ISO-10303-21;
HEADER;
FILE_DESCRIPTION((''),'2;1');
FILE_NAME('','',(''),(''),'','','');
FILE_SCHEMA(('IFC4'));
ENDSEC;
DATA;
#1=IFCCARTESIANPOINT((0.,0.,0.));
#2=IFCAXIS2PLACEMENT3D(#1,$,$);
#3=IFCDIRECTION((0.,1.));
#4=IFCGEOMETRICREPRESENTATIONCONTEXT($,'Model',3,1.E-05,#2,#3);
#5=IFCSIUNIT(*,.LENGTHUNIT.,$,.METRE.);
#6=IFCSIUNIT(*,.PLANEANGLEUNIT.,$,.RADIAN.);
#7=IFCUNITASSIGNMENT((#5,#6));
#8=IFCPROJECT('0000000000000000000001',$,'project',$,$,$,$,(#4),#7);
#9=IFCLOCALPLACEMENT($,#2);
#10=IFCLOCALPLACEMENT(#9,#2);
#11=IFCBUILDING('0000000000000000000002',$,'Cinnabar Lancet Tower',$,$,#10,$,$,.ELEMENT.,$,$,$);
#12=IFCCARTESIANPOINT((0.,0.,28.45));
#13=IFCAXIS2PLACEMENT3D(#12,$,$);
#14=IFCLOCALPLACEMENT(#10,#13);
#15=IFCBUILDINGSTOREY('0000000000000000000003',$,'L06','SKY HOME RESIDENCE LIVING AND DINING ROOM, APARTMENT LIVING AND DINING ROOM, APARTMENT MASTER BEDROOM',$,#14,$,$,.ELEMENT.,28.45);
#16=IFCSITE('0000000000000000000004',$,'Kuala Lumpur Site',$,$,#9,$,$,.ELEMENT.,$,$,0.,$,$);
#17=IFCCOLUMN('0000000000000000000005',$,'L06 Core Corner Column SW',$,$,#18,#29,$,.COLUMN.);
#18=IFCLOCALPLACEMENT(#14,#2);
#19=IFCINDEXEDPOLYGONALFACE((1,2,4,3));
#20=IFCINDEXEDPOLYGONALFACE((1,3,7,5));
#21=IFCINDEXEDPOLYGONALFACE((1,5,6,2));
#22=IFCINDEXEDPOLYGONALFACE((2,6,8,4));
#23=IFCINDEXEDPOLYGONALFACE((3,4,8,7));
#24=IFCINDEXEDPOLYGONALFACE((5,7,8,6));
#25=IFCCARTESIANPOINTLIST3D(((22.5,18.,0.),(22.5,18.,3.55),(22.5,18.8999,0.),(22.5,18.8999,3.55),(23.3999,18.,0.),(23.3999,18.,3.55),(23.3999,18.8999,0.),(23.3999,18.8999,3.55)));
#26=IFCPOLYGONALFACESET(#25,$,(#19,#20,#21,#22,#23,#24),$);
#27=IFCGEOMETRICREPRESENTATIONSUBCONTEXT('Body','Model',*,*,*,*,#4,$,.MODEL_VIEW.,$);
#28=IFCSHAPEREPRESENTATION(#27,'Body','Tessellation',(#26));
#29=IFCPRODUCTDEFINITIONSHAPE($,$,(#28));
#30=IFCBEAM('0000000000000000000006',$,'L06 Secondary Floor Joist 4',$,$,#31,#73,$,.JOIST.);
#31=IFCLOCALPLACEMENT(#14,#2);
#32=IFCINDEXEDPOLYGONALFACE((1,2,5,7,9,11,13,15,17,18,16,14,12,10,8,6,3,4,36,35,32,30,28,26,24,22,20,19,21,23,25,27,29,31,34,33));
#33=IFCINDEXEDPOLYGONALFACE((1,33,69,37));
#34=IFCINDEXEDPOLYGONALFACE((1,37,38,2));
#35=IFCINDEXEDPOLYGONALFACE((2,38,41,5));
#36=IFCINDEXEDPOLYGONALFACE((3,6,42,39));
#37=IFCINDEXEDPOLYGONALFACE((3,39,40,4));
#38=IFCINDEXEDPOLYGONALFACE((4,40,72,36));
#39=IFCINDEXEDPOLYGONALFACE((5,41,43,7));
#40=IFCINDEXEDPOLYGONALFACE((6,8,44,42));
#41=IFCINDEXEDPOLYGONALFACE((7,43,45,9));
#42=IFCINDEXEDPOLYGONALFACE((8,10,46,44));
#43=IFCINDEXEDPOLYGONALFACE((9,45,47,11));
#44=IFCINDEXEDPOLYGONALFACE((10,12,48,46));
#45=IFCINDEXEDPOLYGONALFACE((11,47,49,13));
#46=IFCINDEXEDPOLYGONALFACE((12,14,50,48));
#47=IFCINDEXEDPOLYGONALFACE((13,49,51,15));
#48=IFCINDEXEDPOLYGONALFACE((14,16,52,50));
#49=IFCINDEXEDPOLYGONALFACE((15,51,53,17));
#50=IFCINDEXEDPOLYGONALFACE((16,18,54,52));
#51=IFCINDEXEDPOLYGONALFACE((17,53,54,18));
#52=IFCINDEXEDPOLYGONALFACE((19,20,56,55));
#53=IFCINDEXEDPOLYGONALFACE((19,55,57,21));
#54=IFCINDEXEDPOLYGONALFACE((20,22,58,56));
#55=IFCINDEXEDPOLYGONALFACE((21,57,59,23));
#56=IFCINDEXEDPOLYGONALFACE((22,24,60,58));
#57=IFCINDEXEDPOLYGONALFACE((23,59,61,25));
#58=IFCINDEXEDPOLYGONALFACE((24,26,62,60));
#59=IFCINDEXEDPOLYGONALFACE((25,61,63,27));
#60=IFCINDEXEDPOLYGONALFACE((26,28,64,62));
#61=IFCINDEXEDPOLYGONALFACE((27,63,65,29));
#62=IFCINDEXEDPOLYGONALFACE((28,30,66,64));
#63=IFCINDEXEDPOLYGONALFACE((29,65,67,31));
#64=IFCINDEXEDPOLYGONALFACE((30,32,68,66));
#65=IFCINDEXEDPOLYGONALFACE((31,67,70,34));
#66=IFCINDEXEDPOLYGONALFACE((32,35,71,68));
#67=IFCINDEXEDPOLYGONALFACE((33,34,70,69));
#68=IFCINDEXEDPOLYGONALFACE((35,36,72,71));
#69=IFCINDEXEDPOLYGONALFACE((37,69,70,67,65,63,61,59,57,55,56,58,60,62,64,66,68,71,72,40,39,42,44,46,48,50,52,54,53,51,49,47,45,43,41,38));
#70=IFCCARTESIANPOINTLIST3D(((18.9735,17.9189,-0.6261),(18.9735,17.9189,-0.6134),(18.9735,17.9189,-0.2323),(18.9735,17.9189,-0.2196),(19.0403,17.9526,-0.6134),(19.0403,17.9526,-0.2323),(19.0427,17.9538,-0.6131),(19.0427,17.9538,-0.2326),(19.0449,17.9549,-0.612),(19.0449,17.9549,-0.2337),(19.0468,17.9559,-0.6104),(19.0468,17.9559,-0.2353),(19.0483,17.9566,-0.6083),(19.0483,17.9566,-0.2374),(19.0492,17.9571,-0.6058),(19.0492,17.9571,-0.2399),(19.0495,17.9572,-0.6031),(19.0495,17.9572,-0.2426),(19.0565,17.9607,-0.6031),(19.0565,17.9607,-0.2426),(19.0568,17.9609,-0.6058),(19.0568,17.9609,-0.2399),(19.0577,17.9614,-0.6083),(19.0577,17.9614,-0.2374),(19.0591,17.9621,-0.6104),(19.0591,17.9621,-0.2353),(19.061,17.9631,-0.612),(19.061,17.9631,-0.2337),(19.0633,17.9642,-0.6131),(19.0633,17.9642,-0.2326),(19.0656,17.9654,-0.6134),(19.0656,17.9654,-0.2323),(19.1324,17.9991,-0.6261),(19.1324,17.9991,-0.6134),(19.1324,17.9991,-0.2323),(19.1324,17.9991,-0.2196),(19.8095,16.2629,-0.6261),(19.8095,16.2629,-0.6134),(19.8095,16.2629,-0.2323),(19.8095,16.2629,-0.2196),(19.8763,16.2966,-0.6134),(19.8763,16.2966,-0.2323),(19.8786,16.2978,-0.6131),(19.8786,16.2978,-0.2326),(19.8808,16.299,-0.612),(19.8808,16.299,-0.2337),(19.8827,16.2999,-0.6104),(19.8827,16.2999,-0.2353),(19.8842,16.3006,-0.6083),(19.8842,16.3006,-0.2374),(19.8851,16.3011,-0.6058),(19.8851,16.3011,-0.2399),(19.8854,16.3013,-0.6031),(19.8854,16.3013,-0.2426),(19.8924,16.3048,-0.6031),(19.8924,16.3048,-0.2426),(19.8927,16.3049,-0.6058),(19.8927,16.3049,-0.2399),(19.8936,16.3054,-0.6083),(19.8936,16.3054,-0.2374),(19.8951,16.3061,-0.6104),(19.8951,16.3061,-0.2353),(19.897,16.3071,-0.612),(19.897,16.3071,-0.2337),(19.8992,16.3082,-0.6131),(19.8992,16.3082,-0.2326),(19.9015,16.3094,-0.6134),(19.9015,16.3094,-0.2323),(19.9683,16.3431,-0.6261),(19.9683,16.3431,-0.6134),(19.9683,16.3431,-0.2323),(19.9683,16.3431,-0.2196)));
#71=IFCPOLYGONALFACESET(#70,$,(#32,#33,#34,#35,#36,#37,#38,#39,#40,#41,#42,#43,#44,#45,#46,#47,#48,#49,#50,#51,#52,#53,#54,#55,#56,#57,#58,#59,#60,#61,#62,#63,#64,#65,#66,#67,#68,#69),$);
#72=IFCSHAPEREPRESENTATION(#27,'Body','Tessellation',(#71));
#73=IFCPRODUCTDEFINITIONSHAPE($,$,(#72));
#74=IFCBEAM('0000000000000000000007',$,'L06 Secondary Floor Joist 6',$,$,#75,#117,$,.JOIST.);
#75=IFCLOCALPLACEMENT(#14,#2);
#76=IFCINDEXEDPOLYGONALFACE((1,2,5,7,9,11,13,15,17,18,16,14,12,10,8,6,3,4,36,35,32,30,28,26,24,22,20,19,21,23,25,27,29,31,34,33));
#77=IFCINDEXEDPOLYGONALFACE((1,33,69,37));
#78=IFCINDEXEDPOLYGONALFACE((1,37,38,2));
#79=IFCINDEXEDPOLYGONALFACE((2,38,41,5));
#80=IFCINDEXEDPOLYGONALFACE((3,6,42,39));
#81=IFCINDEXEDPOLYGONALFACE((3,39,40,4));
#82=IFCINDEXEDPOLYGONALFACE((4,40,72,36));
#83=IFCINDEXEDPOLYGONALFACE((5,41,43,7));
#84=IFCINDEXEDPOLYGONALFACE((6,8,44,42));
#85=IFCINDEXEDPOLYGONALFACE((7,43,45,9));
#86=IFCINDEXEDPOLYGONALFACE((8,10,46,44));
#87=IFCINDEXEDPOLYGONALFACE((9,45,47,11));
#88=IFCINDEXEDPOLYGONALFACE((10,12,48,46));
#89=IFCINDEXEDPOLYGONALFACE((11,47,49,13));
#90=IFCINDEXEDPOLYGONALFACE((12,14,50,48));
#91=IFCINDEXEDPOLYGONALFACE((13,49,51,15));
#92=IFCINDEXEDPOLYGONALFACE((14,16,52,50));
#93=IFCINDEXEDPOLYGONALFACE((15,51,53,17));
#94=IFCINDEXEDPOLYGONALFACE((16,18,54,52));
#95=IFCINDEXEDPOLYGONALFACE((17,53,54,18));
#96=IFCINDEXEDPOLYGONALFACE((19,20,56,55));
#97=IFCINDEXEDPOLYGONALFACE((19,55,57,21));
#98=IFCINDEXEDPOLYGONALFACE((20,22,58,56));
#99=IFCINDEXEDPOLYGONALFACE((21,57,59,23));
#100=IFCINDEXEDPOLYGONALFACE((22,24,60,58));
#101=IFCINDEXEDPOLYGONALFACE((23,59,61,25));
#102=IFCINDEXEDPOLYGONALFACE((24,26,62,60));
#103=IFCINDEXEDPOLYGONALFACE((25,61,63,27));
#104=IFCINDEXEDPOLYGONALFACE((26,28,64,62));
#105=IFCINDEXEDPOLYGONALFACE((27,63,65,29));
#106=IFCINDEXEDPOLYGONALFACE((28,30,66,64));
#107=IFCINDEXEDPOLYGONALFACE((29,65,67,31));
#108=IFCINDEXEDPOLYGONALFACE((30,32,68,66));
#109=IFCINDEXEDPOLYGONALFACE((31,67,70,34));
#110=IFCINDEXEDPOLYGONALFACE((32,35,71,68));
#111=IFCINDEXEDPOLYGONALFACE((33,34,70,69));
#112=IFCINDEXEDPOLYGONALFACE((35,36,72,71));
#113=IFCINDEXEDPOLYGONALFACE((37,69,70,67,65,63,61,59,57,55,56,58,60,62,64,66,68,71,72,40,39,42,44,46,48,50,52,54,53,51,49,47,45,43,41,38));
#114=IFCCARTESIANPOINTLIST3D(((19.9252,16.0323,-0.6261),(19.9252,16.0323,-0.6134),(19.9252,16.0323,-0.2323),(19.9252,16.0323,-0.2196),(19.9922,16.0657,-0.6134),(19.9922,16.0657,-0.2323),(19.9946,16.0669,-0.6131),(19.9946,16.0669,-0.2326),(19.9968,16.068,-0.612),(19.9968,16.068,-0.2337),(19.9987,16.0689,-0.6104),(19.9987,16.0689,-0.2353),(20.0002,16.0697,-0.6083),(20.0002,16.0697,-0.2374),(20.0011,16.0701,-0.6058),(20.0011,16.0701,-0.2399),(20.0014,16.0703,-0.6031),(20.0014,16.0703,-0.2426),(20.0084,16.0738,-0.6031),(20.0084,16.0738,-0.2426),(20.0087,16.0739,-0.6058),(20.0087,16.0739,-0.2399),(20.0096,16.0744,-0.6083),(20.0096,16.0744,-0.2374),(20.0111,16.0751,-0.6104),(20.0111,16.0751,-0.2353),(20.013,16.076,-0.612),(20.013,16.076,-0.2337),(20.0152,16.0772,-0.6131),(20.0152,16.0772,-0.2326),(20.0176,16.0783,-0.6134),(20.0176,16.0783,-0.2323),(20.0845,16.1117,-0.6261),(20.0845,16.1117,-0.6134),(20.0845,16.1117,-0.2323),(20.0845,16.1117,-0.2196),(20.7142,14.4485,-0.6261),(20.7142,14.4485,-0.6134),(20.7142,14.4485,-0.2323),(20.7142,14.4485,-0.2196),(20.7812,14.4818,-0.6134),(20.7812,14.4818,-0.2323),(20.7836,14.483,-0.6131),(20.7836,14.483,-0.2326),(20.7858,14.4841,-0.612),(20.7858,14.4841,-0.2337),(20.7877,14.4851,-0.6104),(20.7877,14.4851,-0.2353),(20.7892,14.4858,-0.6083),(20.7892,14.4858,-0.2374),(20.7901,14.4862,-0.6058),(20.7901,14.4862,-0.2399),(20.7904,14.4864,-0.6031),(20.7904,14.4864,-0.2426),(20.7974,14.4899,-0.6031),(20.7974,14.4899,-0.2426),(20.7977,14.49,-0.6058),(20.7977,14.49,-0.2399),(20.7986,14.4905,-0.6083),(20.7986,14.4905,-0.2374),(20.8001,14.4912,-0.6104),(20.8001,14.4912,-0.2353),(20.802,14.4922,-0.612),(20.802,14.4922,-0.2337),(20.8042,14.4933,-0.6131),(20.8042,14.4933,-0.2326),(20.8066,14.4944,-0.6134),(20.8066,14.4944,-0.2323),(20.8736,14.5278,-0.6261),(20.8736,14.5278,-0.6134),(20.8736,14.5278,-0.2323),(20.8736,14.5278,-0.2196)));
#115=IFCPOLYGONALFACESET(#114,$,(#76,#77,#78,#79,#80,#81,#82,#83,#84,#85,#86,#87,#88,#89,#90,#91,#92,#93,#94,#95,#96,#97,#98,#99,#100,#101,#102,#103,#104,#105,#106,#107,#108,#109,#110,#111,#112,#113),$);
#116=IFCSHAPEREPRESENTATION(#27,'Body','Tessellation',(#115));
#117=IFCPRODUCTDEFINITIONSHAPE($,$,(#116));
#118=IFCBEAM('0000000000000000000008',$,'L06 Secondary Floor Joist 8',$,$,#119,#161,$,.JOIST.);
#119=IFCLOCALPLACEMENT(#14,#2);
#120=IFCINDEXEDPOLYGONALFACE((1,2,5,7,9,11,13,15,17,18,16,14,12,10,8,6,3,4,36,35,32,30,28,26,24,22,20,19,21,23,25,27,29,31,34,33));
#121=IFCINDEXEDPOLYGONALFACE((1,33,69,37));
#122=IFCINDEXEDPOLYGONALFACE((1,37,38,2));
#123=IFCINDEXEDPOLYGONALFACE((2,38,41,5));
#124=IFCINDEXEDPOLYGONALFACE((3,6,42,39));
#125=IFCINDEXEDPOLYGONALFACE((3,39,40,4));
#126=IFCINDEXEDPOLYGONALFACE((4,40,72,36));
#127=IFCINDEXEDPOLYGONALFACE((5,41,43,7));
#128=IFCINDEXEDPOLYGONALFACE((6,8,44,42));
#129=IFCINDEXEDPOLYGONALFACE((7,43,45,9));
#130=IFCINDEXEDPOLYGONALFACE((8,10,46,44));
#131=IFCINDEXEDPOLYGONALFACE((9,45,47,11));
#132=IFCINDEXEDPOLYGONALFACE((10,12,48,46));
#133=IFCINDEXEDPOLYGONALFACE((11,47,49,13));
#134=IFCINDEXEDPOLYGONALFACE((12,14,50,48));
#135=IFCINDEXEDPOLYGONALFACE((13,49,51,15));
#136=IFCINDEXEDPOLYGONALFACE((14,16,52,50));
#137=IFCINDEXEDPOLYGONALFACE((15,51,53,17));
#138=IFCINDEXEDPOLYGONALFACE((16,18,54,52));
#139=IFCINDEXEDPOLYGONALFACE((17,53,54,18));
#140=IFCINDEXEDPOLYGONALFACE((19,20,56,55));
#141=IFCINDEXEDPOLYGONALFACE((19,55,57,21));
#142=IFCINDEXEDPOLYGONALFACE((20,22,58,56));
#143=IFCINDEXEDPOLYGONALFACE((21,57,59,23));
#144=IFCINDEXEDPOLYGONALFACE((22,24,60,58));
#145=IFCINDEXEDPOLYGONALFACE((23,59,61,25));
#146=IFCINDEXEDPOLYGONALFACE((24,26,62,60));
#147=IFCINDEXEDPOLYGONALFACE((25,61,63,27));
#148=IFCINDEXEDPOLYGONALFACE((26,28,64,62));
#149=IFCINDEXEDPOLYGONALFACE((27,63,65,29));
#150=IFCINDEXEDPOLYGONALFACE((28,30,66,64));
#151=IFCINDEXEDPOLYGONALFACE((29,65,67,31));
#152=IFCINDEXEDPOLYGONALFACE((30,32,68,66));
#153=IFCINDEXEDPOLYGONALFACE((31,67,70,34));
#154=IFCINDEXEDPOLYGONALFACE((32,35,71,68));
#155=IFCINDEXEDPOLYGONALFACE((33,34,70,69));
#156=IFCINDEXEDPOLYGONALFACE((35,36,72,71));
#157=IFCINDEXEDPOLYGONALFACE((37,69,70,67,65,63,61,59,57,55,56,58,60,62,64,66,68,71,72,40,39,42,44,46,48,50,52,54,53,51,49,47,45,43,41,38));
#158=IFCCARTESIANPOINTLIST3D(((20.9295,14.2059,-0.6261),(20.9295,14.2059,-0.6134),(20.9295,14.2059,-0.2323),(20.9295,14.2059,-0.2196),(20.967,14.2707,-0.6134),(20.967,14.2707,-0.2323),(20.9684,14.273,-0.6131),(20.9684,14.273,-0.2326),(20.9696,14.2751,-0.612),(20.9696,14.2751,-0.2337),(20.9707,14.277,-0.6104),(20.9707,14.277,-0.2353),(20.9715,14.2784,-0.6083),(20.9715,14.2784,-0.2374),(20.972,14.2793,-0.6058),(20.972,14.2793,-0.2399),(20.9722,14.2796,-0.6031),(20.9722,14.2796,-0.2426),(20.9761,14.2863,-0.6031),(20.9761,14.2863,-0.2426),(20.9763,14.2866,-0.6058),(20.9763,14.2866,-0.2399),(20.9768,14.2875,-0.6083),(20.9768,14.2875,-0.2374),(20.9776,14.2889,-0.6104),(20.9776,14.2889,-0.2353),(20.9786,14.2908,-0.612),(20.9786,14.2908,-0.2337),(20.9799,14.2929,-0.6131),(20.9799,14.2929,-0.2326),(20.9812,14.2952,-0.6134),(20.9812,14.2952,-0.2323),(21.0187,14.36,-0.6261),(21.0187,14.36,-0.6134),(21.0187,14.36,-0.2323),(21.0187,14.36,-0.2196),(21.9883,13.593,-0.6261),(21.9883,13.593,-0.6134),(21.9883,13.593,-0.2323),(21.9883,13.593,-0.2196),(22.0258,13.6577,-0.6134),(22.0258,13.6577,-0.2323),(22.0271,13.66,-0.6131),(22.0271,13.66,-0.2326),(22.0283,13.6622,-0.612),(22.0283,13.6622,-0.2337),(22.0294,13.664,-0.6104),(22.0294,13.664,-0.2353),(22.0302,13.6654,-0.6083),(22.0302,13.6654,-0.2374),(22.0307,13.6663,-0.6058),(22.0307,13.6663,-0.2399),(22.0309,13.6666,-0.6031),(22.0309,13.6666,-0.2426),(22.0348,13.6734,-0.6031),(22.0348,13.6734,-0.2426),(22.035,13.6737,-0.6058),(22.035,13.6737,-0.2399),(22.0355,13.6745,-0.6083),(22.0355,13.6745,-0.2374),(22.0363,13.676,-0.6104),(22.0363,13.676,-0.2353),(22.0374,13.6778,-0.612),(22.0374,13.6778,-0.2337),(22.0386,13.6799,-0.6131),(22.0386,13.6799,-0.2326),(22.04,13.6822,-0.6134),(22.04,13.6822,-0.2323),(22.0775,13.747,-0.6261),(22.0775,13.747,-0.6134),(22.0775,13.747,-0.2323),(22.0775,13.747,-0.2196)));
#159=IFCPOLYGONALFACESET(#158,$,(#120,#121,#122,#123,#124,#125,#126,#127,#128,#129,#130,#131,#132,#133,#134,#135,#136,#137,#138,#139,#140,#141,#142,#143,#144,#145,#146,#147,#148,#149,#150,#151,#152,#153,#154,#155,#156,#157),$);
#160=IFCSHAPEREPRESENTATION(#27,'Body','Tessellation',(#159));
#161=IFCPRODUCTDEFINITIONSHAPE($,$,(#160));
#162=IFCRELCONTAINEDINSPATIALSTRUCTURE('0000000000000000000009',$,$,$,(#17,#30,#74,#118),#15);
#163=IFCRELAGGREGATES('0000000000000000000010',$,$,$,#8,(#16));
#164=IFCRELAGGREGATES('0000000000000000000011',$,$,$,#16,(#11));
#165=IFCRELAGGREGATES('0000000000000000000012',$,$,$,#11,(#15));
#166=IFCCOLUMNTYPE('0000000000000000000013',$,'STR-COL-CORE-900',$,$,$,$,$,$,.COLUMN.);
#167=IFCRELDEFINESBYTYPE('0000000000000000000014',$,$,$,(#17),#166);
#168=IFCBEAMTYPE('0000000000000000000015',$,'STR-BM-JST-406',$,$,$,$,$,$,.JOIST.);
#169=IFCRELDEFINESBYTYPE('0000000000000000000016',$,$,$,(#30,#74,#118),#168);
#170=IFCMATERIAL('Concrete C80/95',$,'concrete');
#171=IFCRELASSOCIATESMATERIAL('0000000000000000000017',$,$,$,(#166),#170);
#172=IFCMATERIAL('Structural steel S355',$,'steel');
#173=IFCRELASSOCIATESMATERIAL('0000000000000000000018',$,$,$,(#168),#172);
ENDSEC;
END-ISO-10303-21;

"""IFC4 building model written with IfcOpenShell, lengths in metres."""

from ifc_helpers import new_model, si_unit, direction, frame, origin, origin_2d, place, context, subcontext, project, spatial, rectangle, i_section, extrude, material, material_profile, profile_set, type_object, element, save


model = new_model("IFC4")

# Units and contexts
model_context = context("Model", 3, precision=1e-05, world=origin(), true_north=direction((0.0, 1.0)))
body_context = subcontext(model_context, "Body", "Model", "MODEL_VIEW")
ifc_project = project(units=[si_unit("LENGTHUNIT", "METRE"), si_unit("PLANEANGLEUNIT", "RADIAN")], contexts=[model_context])

# Site, building, storey
site_placement = place(None, origin())
site = spatial("IfcSite", under=ifc_project, at=site_placement, Name="Kuala Lumpur Site", CompositionType="ELEMENT", RefElevation=0.0)
building_placement = place(site_placement, origin())
building = spatial("IfcBuilding", under=site, at=building_placement, Name="Cinnabar Lancet Tower", CompositionType="ELEMENT")
storey_placement = place(building_placement, frame((0.0, 0.0, 28.45)))
storey = spatial("IfcBuildingStorey", under=building, at=storey_placement, Name="L06", Description="SKY HOME RESIDENCE LIVING AND DINING ROOM, APARTMENT LIVING AND DINING ROOM, APARTMENT MASTER BEDROOM", CompositionType="ELEMENT", Elevation=28.45)

# Column
ifc_material_1 = material(Name="Concrete C80/95", Category="concrete")
ifc_material_profile_1 = material_profile(ifc_material_1, rectangle(XDim=0.8999, YDim=0.8999, at=origin_2d()), Name="RC-COL 900x900")
ifc_profile_set_1 = profile_set([ifc_material_profile_1], Name="Concrete C80/95")
column_type = type_object("IfcColumnType", Name="STR-COL-CORE-900", PredefinedType="COLUMN", material=ifc_profile_set_1)
column_placement = place(storey_placement, frame((22.95, 18.45, 0.0), z_axis=(0.0, 0.0, 1.0), x_axis=(1.0, 0.0, 0.0)))
element("IfcColumn", 1, at=column_placement, inside=storey, type_object=column_type, Name="L06 Core Corner Column SW", PredefinedType="COLUMN", context=body_context, shape_type="SweptSolid", body=[
    extrude(rectangle(XDim=0.8999, YDim=0.8999, at=origin_2d()), origin(), (0.0, 0.0, 1.0), 3.55),
])

# Beams
ifc_material_2 = material(Name="Structural steel S355", Category="steel")
ifc_material_profile_2 = material_profile(ifc_material_2, i_section(OverallWidth=0.178, OverallDepth=0.4065, WebThickness=0.0078, FlangeThickness=0.0127, FilletRadius=0.0103, at=origin_2d()), Name="UKB 406x178x60")
ifc_profile_set_2 = profile_set([ifc_material_profile_2], Name="Structural steel S355")
beam_type = type_object("IfcBeamType", Name="STR-BM-JST-406", PredefinedType="JOIST", material=ifc_profile_set_2)
beam_1_placement = place(storey_placement, frame((19.053, 17.959, -0.4229), z_axis=(0.450632, -0.89271, 0.0), x_axis=(0.89271, 0.450632, 0.0)))
element("IfcBeam", 2, at=beam_1_placement, inside=storey, type_object=beam_type, Name="L06 Secondary Floor Joist 4", PredefinedType="JOIST", context=body_context, shape_type="SweptSolid", body=[
    extrude(i_section(OverallWidth=0.178, OverallDepth=0.4065, WebThickness=0.0078, FlangeThickness=0.0127, FilletRadius=0.0103, at=origin_2d()), origin(), (0.0, 0.0, 1.0), 1.855),
])
beam_2_placement = place(storey_placement, frame((20.0049, 16.072, -0.4229), z_axis=(0.445889, -0.895088, 0.0), x_axis=(0.895088, 0.445889, 0.0)))
element("IfcBeam", 3, at=beam_2_placement, inside=storey, type_object=beam_type, Name="L06 Secondary Floor Joist 6", PredefinedType="JOIST", context=body_context, shape_type="SweptSolid", body=[
    extrude(i_section(OverallWidth=0.178, OverallDepth=0.4065, WebThickness=0.0078, FlangeThickness=0.0127, FilletRadius=0.0103, at=origin_2d()), origin(), (0.0, 0.0, 1.0), 1.7695),
])
beam_3_placement = place(storey_placement, frame((20.9741, 14.283, -0.4229), z_axis=(0.865417, -0.501052, 0.0), x_axis=(0.501052, 0.865417, 0.0)))
element("IfcBeam", 4, at=beam_3_placement, inside=storey, type_object=beam_type, Name="L06 Secondary Floor Joist 8", PredefinedType="JOIST", context=body_context, shape_type="SweptSolid", body=[
    extrude(i_section(OverallWidth=0.178, OverallDepth=0.4065, WebThickness=0.0078, FlangeThickness=0.0127, FilletRadius=0.0103, at=origin_2d()), origin(), (0.0, 0.0, 1.0), 1.2234),
])

save(model, "model.ifc")
